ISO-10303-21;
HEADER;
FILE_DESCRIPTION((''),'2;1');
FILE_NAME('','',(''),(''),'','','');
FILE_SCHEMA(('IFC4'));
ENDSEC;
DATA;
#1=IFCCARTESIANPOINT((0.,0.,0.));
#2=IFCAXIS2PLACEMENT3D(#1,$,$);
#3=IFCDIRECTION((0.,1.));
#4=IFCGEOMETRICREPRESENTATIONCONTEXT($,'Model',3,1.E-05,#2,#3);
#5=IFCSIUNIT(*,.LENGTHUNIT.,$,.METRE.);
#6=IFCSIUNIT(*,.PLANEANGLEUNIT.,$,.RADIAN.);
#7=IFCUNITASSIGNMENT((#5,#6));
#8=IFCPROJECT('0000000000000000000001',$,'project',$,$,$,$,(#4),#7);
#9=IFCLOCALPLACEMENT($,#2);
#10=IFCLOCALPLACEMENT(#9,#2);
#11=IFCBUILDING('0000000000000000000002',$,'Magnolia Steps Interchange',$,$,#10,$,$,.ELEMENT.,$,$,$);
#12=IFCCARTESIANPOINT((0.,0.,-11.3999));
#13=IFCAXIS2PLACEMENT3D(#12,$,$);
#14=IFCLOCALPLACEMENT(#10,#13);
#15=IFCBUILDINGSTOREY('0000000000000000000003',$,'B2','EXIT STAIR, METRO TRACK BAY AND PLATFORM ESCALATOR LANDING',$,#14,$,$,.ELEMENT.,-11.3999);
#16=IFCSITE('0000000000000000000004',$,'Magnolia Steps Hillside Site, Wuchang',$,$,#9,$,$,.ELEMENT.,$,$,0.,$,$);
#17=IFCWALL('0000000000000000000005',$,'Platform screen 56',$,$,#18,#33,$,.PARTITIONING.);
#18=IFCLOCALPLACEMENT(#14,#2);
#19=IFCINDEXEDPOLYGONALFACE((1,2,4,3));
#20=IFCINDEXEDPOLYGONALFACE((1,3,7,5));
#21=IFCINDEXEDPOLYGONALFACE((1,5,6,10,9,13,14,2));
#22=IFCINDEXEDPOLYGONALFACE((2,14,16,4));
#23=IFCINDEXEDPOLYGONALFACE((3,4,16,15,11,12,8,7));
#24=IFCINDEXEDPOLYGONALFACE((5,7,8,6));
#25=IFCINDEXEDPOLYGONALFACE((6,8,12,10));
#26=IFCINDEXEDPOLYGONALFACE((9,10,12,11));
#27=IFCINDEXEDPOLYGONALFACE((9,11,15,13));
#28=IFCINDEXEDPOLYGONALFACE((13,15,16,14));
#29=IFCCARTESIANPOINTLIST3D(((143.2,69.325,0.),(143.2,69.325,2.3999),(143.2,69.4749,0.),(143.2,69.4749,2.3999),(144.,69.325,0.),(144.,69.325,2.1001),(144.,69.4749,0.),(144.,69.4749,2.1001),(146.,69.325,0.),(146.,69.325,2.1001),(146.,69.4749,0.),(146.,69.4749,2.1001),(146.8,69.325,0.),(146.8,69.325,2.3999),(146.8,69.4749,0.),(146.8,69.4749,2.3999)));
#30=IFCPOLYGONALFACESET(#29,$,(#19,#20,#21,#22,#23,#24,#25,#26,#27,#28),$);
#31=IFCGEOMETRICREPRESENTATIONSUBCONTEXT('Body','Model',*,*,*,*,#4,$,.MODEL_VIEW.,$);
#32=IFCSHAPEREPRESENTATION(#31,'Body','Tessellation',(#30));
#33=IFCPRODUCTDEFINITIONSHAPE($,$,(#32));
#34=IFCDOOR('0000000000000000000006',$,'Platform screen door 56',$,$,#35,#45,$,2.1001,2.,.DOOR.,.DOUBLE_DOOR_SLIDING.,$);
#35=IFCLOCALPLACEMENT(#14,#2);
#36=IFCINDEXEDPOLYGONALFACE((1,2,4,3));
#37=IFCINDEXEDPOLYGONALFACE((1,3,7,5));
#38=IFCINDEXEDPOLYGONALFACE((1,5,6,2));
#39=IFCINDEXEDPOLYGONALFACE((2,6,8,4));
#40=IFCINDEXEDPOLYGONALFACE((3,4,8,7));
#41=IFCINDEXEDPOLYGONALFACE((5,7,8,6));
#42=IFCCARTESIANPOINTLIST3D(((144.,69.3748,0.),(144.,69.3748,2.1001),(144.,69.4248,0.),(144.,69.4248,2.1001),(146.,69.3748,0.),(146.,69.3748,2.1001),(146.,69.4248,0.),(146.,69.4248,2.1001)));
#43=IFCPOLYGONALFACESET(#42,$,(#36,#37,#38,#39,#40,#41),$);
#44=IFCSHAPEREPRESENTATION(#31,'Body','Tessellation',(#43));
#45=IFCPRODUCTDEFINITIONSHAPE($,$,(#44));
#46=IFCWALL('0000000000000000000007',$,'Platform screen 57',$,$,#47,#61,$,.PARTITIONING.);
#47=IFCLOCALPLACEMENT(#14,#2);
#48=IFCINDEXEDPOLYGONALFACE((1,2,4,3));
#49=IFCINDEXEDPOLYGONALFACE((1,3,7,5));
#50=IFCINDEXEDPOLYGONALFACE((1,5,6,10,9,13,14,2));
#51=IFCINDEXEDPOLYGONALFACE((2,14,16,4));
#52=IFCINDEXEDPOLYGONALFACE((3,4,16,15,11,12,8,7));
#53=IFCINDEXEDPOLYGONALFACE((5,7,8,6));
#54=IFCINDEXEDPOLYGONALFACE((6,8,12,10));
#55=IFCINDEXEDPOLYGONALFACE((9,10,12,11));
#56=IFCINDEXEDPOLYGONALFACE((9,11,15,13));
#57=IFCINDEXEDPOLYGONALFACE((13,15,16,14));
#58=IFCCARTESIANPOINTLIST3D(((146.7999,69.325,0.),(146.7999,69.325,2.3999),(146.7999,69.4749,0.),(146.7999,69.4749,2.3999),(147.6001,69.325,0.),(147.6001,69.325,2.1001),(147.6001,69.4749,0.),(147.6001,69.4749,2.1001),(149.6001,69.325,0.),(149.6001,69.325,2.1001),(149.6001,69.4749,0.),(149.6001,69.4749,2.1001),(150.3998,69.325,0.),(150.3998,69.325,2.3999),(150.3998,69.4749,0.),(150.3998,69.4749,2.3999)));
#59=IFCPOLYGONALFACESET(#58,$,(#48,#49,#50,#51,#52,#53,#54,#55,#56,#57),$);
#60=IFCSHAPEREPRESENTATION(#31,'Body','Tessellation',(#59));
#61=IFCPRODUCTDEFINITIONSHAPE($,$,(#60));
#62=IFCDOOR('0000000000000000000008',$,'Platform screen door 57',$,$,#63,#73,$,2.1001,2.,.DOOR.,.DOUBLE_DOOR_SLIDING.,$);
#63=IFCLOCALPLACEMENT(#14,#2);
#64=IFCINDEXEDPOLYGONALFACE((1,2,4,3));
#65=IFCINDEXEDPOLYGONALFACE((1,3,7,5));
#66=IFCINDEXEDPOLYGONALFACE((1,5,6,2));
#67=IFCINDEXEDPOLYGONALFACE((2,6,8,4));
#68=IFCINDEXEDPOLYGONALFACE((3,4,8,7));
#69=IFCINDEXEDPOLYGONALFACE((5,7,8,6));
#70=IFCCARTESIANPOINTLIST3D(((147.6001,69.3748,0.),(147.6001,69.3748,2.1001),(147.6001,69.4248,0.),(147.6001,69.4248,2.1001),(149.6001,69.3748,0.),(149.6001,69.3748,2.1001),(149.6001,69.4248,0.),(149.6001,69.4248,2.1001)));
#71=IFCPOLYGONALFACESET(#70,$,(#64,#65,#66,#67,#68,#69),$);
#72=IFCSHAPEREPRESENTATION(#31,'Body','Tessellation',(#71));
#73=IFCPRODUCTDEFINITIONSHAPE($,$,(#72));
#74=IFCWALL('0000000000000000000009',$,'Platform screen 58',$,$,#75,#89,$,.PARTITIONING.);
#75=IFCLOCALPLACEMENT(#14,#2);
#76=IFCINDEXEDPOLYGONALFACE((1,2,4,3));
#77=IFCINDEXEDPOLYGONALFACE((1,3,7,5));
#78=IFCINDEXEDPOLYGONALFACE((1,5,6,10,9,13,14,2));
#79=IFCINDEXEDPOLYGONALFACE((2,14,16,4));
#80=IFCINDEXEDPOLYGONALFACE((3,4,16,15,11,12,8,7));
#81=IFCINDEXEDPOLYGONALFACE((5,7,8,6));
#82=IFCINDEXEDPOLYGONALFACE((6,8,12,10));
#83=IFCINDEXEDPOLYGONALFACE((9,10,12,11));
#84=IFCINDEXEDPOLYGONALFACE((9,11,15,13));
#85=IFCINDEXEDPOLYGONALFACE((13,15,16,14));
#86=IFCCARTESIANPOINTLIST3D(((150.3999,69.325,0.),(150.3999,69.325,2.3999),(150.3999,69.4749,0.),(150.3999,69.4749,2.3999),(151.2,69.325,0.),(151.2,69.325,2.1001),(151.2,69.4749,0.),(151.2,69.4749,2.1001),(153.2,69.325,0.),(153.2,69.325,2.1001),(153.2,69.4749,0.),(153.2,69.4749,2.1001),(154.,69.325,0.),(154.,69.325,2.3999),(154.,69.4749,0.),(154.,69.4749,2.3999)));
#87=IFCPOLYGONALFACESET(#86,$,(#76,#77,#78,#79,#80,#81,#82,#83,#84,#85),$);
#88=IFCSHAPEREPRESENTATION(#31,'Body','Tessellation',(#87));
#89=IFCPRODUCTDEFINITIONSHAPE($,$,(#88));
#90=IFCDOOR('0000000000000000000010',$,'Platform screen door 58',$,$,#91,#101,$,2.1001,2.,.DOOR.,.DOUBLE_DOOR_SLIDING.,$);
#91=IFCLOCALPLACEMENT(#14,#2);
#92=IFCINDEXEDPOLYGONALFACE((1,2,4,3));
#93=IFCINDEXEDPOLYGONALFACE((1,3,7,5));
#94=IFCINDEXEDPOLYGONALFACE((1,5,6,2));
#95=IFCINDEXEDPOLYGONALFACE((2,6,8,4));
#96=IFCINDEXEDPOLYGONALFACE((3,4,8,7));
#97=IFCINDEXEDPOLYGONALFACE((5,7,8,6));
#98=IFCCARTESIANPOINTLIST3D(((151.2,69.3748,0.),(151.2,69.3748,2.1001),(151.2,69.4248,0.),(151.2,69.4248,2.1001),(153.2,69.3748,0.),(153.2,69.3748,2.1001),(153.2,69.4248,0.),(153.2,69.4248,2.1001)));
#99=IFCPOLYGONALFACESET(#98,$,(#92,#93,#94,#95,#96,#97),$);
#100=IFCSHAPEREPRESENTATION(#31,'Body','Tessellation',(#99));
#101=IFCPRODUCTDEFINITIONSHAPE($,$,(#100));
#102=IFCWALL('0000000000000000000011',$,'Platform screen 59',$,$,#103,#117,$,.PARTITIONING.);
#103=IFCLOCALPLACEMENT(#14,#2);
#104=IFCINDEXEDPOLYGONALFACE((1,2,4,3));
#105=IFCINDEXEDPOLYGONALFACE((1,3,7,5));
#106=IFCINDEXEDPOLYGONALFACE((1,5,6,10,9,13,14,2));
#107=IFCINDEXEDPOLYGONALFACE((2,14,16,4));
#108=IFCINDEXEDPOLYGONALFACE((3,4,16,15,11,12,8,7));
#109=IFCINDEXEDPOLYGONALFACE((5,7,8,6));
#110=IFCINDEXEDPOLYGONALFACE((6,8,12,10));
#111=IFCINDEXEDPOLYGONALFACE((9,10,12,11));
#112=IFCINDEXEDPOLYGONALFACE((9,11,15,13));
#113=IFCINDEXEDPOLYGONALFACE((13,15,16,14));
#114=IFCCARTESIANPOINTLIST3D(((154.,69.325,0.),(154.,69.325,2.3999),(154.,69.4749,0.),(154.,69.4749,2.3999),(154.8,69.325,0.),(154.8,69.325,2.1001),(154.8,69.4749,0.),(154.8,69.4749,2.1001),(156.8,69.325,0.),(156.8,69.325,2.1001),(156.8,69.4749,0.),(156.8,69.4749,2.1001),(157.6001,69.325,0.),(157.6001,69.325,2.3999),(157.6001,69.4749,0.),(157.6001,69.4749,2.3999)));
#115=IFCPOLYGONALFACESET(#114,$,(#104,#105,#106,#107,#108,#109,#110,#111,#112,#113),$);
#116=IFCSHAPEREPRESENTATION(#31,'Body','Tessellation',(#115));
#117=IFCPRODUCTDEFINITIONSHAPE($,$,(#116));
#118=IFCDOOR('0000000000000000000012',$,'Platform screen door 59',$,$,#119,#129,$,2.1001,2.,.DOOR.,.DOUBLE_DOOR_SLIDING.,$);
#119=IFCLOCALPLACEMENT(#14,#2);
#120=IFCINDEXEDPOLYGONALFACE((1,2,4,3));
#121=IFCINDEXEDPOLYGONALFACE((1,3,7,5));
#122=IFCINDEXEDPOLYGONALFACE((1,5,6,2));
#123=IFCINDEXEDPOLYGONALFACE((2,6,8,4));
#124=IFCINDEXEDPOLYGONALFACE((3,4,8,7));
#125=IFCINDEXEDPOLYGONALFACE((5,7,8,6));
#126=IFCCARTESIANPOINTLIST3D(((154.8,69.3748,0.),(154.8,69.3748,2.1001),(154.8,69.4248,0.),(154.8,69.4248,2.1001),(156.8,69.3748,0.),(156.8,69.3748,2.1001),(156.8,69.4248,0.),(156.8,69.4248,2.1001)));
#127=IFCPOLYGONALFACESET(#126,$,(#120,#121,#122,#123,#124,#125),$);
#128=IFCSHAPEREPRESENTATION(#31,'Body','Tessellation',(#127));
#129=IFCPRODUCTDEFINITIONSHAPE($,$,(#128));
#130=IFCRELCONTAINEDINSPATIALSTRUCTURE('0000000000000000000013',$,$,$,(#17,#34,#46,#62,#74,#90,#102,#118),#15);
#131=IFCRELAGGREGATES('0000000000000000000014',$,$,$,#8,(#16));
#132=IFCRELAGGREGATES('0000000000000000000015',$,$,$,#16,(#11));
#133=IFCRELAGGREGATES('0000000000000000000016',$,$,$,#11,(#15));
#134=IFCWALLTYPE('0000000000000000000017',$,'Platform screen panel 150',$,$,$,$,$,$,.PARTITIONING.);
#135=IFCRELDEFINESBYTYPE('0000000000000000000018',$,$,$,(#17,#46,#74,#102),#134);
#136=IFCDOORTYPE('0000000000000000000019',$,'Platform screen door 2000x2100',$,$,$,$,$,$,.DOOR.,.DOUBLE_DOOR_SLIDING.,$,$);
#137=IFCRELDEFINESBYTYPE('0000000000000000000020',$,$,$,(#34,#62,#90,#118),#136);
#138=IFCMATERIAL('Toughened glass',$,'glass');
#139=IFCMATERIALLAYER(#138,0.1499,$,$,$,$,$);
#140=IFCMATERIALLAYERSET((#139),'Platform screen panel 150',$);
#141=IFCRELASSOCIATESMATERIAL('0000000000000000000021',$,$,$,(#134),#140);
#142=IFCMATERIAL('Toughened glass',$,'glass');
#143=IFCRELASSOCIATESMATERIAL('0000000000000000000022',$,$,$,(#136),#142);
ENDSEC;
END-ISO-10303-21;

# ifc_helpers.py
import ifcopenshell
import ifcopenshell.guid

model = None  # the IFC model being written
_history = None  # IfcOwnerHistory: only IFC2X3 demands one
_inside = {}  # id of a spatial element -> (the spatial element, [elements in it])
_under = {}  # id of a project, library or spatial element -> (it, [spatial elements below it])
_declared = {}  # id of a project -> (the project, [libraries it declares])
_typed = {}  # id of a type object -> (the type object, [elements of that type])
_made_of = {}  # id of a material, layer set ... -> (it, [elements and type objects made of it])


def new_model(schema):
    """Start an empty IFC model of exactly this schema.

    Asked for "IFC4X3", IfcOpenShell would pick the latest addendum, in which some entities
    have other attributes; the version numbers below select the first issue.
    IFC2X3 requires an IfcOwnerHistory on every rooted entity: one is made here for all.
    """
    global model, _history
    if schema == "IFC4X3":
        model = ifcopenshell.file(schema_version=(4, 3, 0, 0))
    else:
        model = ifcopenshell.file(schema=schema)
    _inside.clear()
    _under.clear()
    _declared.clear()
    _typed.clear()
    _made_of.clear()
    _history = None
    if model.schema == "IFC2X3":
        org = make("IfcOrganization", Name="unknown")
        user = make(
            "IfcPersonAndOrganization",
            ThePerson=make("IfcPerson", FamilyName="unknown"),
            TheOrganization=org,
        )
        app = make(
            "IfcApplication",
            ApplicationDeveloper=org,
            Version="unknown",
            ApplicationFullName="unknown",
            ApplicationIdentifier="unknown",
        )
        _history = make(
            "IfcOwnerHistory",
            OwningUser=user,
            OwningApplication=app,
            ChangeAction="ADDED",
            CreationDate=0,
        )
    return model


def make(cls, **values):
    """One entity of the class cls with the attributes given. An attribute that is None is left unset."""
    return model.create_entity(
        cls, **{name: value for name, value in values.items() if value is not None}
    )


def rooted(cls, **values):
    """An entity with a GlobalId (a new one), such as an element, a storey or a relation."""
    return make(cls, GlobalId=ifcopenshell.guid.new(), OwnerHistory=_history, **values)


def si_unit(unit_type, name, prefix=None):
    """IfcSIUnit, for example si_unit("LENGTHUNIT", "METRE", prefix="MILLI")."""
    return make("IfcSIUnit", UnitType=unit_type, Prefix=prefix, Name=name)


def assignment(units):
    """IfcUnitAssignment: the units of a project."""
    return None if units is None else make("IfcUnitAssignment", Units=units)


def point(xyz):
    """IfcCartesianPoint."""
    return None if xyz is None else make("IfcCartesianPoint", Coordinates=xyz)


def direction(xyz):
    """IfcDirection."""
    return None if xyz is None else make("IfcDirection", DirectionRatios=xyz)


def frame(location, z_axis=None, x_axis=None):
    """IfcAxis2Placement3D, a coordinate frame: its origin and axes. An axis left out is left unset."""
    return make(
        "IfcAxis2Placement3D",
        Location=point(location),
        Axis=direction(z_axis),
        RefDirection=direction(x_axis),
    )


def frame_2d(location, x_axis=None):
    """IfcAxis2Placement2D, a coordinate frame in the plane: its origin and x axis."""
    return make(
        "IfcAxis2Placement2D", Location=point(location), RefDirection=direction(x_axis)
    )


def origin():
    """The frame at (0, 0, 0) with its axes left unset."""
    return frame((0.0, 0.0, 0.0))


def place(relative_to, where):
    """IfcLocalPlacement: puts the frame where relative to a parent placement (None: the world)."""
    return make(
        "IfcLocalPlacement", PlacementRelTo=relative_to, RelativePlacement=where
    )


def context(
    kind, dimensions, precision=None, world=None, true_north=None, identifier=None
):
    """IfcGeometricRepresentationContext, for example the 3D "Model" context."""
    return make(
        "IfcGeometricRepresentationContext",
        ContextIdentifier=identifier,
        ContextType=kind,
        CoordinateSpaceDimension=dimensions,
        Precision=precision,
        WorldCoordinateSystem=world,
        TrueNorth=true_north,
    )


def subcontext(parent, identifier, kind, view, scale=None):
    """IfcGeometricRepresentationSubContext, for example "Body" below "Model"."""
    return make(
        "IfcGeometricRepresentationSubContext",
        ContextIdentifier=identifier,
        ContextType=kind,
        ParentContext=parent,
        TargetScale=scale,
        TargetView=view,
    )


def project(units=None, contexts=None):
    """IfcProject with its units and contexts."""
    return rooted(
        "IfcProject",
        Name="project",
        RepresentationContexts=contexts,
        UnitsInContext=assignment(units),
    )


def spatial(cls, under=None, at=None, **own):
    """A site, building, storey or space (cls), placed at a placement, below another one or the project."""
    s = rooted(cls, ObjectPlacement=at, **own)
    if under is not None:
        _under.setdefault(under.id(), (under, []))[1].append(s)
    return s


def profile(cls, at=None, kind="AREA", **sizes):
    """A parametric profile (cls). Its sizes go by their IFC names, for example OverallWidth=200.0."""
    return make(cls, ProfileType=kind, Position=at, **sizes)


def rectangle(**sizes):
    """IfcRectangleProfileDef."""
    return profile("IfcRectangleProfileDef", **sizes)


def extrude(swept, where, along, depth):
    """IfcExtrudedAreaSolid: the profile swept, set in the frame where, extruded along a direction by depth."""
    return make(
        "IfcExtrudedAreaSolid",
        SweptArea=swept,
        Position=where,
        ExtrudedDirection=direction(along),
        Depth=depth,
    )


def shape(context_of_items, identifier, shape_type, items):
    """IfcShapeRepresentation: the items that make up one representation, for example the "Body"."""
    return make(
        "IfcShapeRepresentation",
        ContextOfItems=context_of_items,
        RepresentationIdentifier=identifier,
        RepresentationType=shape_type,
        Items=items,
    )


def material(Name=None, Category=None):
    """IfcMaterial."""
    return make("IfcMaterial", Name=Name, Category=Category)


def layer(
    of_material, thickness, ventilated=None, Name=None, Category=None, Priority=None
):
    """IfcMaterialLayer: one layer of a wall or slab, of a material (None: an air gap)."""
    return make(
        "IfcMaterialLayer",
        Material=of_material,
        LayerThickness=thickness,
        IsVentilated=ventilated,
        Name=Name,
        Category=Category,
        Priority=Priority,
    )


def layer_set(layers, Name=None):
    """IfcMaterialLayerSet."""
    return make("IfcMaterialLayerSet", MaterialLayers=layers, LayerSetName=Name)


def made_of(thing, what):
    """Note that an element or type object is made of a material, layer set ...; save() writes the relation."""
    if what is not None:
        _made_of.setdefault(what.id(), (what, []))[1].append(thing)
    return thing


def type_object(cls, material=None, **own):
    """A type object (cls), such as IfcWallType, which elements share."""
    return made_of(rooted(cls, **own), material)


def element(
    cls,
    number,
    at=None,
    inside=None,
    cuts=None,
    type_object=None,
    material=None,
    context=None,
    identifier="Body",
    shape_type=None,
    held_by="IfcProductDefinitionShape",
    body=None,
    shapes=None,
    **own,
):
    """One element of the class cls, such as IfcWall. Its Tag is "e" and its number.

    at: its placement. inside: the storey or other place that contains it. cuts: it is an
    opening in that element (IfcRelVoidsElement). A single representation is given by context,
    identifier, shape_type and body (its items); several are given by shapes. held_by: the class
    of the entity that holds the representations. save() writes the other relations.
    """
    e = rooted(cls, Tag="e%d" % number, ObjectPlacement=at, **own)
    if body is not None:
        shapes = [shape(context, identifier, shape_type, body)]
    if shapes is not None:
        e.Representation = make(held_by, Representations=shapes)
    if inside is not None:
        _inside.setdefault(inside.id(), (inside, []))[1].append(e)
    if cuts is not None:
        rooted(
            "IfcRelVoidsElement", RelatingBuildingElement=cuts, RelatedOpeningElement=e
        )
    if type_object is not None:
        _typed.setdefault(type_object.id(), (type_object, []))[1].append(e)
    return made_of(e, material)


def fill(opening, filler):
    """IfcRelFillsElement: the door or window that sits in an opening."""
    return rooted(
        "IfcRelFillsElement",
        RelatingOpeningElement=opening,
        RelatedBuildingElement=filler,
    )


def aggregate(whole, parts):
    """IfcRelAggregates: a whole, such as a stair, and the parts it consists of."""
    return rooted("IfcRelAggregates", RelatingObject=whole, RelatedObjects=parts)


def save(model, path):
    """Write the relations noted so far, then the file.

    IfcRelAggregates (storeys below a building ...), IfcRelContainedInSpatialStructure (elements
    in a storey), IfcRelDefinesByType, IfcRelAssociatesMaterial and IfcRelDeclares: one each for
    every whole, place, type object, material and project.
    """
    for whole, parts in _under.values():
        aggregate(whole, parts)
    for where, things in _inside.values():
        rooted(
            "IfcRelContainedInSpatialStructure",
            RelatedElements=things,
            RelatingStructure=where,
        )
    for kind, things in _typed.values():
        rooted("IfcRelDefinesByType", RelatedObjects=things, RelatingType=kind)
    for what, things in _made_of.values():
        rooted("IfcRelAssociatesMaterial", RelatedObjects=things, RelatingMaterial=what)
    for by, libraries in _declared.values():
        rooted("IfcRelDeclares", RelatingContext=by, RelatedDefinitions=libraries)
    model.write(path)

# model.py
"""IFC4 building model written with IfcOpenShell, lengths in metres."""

from ifc_helpers import new_model, si_unit, direction, frame, frame_2d, origin, place, context, subcontext, project, spatial, rectangle, extrude, material, layer, layer_set, type_object, element, fill, save


model = new_model("IFC4")

# Units and contexts
model_context = context("Model", 3, precision=1e-05, world=origin(), true_north=direction((0.0, 1.0)))
body_context = subcontext(model_context, "Body", "Model", "MODEL_VIEW")
ifc_project = project(units=[si_unit("LENGTHUNIT", "METRE"), si_unit("PLANEANGLEUNIT", "RADIAN")], contexts=[model_context])

# Site, building, storey
site_placement = place(None, origin())
site = spatial("IfcSite", under=ifc_project, at=site_placement, Name="Magnolia Steps Hillside Site, Wuchang", CompositionType="ELEMENT", RefElevation=0.0)
building_placement = place(site_placement, origin())
building = spatial("IfcBuilding", under=site, at=building_placement, Name="Magnolia Steps Interchange", CompositionType="ELEMENT")
storey_placement = place(building_placement, frame((0.0, 0.0, -11.3999)))
storey = spatial("IfcBuildingStorey", under=building, at=storey_placement, Name="B2", Description="EXIT STAIR, METRO TRACK BAY AND PLATFORM ESCALATOR LANDING", CompositionType="ELEMENT", Elevation=-11.3999)

# Walls, openings, doors
ifc_material_1 = material(Name="Toughened glass", Category="glass")
ifc_layer_1 = layer(ifc_material_1, 0.1499)
ifc_layer_set_1 = layer_set([ifc_layer_1], Name="Platform screen panel 150")
wall_type_1 = type_object("IfcWallType", Name="Platform screen panel 150", PredefinedType="PARTITIONING", material=ifc_layer_set_1)
ifc_material_2 = material(Name="Toughened glass", Category="glass")
door_type_1 = type_object("IfcDoorType", Name="Platform screen door 2000x2100", OperationType="DOUBLE_DOOR_SLIDING", PredefinedType="DOOR", material=ifc_material_2)
wall_1_placement = place(storey_placement, frame((143.2, 69.3999, 0.0), z_axis=(0.0, 0.0, 1.0), x_axis=(1.0, 0.0, 0.0)))
wall_1 = element("IfcWall", 1, at=wall_1_placement, inside=storey, type_object=wall_type_1, Name="Platform screen 56", PredefinedType="PARTITIONING", context=body_context, shape_type="SweptSolid", body=[
    extrude(rectangle(XDim=3.6001, YDim=0.1499, at=frame_2d((1.8, 0.0))), origin(), (0.0, 0.0, 1.0), 2.3999),
])
opening_1_placement = place(wall_1_placement, frame((0.8, 0.0, 0.0)))
opening_1 = element("IfcOpeningElement", 2, at=opening_1_placement, cuts=wall_1, PredefinedType="OPENING", context=body_context, shape_type="SweptSolid", body=[
    extrude(rectangle(XDim=2.0, YDim=2.1001, at=frame_2d((1.0, 1.05))), frame((0.0, 0.085, 0.0), z_axis=(0.0, -1.0, 0.0), x_axis=(1.0, 0.0, 0.0)), (0.0, 0.0, 1.0), 0.1699),
])
door_1_placement = place(opening_1_placement, origin())
door_1 = element("IfcDoor", 3, at=door_1_placement, inside=storey, type_object=door_type_1, Name="Platform screen door 56", OperationType="DOUBLE_DOOR_SLIDING", OverallHeight=2.1001, OverallWidth=2.0, PredefinedType="DOOR", context=body_context, shape_type="SweptSolid", body=[
    extrude(rectangle(XDim=2.0, YDim=2.1001, at=frame_2d((1.0, 1.05))), frame((0.0, 0.0249, 0.0), z_axis=(0.0, -1.0, 0.0), x_axis=(1.0, 0.0, 0.0)), (0.0, 0.0, 1.0), 0.05),
])
fill(opening_1, door_1)
wall_2_placement = place(storey_placement, frame((146.8, 69.3999, 0.0), z_axis=(0.0, 0.0, 1.0), x_axis=(1.0, 0.0, 0.0)))
wall_2 = element("IfcWall", 4, at=wall_2_placement, inside=storey, type_object=wall_type_1, Name="Platform screen 57", PredefinedType="PARTITIONING", context=body_context, shape_type="SweptSolid", body=[
    extrude(rectangle(XDim=3.5999, YDim=0.1499, at=frame_2d((1.7998, 0.0))), origin(), (0.0, 0.0, 1.0), 2.3999),
])
opening_2_placement = place(wall_2_placement, frame((0.8, 0.0, 0.0)))
opening_2 = element("IfcOpeningElement", 5, at=opening_2_placement, cuts=wall_2, PredefinedType="OPENING", context=body_context, shape_type="SweptSolid", body=[
    extrude(rectangle(XDim=2.0, YDim=2.1001, at=frame_2d((1.0, 1.05))), frame((0.0, 0.085, 0.0), z_axis=(0.0, -1.0, 0.0), x_axis=(1.0, 0.0, 0.0)), (0.0, 0.0, 1.0), 0.1699),
])
door_2_placement = place(opening_2_placement, origin())
door_2 = element("IfcDoor", 6, at=door_2_placement, inside=storey, type_object=door_type_1, Name="Platform screen door 57", OperationType="DOUBLE_DOOR_SLIDING", OverallHeight=2.1001, OverallWidth=2.0, PredefinedType="DOOR", context=body_context, shape_type="SweptSolid", body=[
    extrude(rectangle(XDim=2.0, YDim=2.1001, at=frame_2d((1.0, 1.05))), frame((0.0, 0.0249, 0.0), z_axis=(0.0, -1.0, 0.0), x_axis=(1.0, 0.0, 0.0)), (0.0, 0.0, 1.0), 0.05),
])
fill(opening_2, door_2)
wall_3_placement = place(storey_placement, frame((150.3999, 69.3999, 0.0), z_axis=(0.0, 0.0, 1.0), x_axis=(1.0, 0.0, 0.0)))
wall_3 = element("IfcWall", 7, at=wall_3_placement, inside=storey, type_object=wall_type_1, Name="Platform screen 58", PredefinedType="PARTITIONING", context=body_context, shape_type="SweptSolid", body=[
    extrude(rectangle(XDim=3.6001, YDim=0.1499, at=frame_2d((1.8, 0.0))), origin(), (0.0, 0.0, 1.0), 2.3999),
])
opening_3_placement = place(wall_3_placement, frame((0.8, 0.0, 0.0)))
opening_3 = element("IfcOpeningElement", 8, at=opening_3_placement, cuts=wall_3, PredefinedType="OPENING", context=body_context, shape_type="SweptSolid", body=[
    extrude(rectangle(XDim=2.0, YDim=2.1001, at=frame_2d((1.0, 1.05))), frame((0.0, 0.085, 0.0), z_axis=(0.0, -1.0, 0.0), x_axis=(1.0, 0.0, 0.0)), (0.0, 0.0, 1.0), 0.1699),
])
door_3_placement = place(opening_3_placement, origin())
door_3 = element("IfcDoor", 9, at=door_3_placement, inside=storey, type_object=door_type_1, Name="Platform screen door 58", OperationType="DOUBLE_DOOR_SLIDING", OverallHeight=2.1001, OverallWidth=2.0, PredefinedType="DOOR", context=body_context, shape_type="SweptSolid", body=[
    extrude(rectangle(XDim=2.0, YDim=2.1001, at=frame_2d((1.0, 1.05))), frame((0.0, 0.0249, 0.0), z_axis=(0.0, -1.0, 0.0), x_axis=(1.0, 0.0, 0.0)), (0.0, 0.0, 1.0), 0.05),
])
fill(opening_3, door_3)
wall_4_placement = place(storey_placement, frame((154.0, 69.3999, 0.0), z_axis=(0.0, 0.0, 1.0), x_axis=(1.0, 0.0, 0.0)))
wall_4 = element("IfcWall", 10, at=wall_4_placement, inside=storey, type_object=wall_type_1, Name="Platform screen 59", PredefinedType="PARTITIONING", context=body_context, shape_type="SweptSolid", body=[
    extrude(rectangle(XDim=3.6001, YDim=0.1499, at=frame_2d((1.8, 0.0))), origin(), (0.0, 0.0, 1.0), 2.3999),
])
opening_4_placement = place(wall_4_placement, frame((0.8, 0.0, 0.0)))
opening_4 = element("IfcOpeningElement", 11, at=opening_4_placement, cuts=wall_4, PredefinedType="OPENING", context=body_context, shape_type="SweptSolid", body=[
    extrude(rectangle(XDim=2.0, YDim=2.1001, at=frame_2d((1.0, 1.05))), frame((0.0, 0.085, 0.0), z_axis=(0.0, -1.0, 0.0), x_axis=(1.0, 0.0, 0.0)), (0.0, 0.0, 1.0), 0.1699),
])
door_4_placement = place(opening_4_placement, origin())
door_4 = element("IfcDoor", 12, at=door_4_placement, inside=storey, type_object=door_type_1, Name="Platform screen door 59", OperationType="DOUBLE_DOOR_SLIDING", OverallHeight=2.1001, OverallWidth=2.0, PredefinedType="DOOR", context=body_context, shape_type="SweptSolid", body=[
    extrude(rectangle(XDim=2.0, YDim=2.1001, at=frame_2d((1.0, 1.05))), frame((0.0, 0.0249, 0.0), z_axis=(0.0, -1.0, 0.0), x_axis=(1.0, 0.0, 0.0)), (0.0, 0.0, 1.0), 0.05),
])
fill(opening_4, door_4)

save(model, "model.ifc")
